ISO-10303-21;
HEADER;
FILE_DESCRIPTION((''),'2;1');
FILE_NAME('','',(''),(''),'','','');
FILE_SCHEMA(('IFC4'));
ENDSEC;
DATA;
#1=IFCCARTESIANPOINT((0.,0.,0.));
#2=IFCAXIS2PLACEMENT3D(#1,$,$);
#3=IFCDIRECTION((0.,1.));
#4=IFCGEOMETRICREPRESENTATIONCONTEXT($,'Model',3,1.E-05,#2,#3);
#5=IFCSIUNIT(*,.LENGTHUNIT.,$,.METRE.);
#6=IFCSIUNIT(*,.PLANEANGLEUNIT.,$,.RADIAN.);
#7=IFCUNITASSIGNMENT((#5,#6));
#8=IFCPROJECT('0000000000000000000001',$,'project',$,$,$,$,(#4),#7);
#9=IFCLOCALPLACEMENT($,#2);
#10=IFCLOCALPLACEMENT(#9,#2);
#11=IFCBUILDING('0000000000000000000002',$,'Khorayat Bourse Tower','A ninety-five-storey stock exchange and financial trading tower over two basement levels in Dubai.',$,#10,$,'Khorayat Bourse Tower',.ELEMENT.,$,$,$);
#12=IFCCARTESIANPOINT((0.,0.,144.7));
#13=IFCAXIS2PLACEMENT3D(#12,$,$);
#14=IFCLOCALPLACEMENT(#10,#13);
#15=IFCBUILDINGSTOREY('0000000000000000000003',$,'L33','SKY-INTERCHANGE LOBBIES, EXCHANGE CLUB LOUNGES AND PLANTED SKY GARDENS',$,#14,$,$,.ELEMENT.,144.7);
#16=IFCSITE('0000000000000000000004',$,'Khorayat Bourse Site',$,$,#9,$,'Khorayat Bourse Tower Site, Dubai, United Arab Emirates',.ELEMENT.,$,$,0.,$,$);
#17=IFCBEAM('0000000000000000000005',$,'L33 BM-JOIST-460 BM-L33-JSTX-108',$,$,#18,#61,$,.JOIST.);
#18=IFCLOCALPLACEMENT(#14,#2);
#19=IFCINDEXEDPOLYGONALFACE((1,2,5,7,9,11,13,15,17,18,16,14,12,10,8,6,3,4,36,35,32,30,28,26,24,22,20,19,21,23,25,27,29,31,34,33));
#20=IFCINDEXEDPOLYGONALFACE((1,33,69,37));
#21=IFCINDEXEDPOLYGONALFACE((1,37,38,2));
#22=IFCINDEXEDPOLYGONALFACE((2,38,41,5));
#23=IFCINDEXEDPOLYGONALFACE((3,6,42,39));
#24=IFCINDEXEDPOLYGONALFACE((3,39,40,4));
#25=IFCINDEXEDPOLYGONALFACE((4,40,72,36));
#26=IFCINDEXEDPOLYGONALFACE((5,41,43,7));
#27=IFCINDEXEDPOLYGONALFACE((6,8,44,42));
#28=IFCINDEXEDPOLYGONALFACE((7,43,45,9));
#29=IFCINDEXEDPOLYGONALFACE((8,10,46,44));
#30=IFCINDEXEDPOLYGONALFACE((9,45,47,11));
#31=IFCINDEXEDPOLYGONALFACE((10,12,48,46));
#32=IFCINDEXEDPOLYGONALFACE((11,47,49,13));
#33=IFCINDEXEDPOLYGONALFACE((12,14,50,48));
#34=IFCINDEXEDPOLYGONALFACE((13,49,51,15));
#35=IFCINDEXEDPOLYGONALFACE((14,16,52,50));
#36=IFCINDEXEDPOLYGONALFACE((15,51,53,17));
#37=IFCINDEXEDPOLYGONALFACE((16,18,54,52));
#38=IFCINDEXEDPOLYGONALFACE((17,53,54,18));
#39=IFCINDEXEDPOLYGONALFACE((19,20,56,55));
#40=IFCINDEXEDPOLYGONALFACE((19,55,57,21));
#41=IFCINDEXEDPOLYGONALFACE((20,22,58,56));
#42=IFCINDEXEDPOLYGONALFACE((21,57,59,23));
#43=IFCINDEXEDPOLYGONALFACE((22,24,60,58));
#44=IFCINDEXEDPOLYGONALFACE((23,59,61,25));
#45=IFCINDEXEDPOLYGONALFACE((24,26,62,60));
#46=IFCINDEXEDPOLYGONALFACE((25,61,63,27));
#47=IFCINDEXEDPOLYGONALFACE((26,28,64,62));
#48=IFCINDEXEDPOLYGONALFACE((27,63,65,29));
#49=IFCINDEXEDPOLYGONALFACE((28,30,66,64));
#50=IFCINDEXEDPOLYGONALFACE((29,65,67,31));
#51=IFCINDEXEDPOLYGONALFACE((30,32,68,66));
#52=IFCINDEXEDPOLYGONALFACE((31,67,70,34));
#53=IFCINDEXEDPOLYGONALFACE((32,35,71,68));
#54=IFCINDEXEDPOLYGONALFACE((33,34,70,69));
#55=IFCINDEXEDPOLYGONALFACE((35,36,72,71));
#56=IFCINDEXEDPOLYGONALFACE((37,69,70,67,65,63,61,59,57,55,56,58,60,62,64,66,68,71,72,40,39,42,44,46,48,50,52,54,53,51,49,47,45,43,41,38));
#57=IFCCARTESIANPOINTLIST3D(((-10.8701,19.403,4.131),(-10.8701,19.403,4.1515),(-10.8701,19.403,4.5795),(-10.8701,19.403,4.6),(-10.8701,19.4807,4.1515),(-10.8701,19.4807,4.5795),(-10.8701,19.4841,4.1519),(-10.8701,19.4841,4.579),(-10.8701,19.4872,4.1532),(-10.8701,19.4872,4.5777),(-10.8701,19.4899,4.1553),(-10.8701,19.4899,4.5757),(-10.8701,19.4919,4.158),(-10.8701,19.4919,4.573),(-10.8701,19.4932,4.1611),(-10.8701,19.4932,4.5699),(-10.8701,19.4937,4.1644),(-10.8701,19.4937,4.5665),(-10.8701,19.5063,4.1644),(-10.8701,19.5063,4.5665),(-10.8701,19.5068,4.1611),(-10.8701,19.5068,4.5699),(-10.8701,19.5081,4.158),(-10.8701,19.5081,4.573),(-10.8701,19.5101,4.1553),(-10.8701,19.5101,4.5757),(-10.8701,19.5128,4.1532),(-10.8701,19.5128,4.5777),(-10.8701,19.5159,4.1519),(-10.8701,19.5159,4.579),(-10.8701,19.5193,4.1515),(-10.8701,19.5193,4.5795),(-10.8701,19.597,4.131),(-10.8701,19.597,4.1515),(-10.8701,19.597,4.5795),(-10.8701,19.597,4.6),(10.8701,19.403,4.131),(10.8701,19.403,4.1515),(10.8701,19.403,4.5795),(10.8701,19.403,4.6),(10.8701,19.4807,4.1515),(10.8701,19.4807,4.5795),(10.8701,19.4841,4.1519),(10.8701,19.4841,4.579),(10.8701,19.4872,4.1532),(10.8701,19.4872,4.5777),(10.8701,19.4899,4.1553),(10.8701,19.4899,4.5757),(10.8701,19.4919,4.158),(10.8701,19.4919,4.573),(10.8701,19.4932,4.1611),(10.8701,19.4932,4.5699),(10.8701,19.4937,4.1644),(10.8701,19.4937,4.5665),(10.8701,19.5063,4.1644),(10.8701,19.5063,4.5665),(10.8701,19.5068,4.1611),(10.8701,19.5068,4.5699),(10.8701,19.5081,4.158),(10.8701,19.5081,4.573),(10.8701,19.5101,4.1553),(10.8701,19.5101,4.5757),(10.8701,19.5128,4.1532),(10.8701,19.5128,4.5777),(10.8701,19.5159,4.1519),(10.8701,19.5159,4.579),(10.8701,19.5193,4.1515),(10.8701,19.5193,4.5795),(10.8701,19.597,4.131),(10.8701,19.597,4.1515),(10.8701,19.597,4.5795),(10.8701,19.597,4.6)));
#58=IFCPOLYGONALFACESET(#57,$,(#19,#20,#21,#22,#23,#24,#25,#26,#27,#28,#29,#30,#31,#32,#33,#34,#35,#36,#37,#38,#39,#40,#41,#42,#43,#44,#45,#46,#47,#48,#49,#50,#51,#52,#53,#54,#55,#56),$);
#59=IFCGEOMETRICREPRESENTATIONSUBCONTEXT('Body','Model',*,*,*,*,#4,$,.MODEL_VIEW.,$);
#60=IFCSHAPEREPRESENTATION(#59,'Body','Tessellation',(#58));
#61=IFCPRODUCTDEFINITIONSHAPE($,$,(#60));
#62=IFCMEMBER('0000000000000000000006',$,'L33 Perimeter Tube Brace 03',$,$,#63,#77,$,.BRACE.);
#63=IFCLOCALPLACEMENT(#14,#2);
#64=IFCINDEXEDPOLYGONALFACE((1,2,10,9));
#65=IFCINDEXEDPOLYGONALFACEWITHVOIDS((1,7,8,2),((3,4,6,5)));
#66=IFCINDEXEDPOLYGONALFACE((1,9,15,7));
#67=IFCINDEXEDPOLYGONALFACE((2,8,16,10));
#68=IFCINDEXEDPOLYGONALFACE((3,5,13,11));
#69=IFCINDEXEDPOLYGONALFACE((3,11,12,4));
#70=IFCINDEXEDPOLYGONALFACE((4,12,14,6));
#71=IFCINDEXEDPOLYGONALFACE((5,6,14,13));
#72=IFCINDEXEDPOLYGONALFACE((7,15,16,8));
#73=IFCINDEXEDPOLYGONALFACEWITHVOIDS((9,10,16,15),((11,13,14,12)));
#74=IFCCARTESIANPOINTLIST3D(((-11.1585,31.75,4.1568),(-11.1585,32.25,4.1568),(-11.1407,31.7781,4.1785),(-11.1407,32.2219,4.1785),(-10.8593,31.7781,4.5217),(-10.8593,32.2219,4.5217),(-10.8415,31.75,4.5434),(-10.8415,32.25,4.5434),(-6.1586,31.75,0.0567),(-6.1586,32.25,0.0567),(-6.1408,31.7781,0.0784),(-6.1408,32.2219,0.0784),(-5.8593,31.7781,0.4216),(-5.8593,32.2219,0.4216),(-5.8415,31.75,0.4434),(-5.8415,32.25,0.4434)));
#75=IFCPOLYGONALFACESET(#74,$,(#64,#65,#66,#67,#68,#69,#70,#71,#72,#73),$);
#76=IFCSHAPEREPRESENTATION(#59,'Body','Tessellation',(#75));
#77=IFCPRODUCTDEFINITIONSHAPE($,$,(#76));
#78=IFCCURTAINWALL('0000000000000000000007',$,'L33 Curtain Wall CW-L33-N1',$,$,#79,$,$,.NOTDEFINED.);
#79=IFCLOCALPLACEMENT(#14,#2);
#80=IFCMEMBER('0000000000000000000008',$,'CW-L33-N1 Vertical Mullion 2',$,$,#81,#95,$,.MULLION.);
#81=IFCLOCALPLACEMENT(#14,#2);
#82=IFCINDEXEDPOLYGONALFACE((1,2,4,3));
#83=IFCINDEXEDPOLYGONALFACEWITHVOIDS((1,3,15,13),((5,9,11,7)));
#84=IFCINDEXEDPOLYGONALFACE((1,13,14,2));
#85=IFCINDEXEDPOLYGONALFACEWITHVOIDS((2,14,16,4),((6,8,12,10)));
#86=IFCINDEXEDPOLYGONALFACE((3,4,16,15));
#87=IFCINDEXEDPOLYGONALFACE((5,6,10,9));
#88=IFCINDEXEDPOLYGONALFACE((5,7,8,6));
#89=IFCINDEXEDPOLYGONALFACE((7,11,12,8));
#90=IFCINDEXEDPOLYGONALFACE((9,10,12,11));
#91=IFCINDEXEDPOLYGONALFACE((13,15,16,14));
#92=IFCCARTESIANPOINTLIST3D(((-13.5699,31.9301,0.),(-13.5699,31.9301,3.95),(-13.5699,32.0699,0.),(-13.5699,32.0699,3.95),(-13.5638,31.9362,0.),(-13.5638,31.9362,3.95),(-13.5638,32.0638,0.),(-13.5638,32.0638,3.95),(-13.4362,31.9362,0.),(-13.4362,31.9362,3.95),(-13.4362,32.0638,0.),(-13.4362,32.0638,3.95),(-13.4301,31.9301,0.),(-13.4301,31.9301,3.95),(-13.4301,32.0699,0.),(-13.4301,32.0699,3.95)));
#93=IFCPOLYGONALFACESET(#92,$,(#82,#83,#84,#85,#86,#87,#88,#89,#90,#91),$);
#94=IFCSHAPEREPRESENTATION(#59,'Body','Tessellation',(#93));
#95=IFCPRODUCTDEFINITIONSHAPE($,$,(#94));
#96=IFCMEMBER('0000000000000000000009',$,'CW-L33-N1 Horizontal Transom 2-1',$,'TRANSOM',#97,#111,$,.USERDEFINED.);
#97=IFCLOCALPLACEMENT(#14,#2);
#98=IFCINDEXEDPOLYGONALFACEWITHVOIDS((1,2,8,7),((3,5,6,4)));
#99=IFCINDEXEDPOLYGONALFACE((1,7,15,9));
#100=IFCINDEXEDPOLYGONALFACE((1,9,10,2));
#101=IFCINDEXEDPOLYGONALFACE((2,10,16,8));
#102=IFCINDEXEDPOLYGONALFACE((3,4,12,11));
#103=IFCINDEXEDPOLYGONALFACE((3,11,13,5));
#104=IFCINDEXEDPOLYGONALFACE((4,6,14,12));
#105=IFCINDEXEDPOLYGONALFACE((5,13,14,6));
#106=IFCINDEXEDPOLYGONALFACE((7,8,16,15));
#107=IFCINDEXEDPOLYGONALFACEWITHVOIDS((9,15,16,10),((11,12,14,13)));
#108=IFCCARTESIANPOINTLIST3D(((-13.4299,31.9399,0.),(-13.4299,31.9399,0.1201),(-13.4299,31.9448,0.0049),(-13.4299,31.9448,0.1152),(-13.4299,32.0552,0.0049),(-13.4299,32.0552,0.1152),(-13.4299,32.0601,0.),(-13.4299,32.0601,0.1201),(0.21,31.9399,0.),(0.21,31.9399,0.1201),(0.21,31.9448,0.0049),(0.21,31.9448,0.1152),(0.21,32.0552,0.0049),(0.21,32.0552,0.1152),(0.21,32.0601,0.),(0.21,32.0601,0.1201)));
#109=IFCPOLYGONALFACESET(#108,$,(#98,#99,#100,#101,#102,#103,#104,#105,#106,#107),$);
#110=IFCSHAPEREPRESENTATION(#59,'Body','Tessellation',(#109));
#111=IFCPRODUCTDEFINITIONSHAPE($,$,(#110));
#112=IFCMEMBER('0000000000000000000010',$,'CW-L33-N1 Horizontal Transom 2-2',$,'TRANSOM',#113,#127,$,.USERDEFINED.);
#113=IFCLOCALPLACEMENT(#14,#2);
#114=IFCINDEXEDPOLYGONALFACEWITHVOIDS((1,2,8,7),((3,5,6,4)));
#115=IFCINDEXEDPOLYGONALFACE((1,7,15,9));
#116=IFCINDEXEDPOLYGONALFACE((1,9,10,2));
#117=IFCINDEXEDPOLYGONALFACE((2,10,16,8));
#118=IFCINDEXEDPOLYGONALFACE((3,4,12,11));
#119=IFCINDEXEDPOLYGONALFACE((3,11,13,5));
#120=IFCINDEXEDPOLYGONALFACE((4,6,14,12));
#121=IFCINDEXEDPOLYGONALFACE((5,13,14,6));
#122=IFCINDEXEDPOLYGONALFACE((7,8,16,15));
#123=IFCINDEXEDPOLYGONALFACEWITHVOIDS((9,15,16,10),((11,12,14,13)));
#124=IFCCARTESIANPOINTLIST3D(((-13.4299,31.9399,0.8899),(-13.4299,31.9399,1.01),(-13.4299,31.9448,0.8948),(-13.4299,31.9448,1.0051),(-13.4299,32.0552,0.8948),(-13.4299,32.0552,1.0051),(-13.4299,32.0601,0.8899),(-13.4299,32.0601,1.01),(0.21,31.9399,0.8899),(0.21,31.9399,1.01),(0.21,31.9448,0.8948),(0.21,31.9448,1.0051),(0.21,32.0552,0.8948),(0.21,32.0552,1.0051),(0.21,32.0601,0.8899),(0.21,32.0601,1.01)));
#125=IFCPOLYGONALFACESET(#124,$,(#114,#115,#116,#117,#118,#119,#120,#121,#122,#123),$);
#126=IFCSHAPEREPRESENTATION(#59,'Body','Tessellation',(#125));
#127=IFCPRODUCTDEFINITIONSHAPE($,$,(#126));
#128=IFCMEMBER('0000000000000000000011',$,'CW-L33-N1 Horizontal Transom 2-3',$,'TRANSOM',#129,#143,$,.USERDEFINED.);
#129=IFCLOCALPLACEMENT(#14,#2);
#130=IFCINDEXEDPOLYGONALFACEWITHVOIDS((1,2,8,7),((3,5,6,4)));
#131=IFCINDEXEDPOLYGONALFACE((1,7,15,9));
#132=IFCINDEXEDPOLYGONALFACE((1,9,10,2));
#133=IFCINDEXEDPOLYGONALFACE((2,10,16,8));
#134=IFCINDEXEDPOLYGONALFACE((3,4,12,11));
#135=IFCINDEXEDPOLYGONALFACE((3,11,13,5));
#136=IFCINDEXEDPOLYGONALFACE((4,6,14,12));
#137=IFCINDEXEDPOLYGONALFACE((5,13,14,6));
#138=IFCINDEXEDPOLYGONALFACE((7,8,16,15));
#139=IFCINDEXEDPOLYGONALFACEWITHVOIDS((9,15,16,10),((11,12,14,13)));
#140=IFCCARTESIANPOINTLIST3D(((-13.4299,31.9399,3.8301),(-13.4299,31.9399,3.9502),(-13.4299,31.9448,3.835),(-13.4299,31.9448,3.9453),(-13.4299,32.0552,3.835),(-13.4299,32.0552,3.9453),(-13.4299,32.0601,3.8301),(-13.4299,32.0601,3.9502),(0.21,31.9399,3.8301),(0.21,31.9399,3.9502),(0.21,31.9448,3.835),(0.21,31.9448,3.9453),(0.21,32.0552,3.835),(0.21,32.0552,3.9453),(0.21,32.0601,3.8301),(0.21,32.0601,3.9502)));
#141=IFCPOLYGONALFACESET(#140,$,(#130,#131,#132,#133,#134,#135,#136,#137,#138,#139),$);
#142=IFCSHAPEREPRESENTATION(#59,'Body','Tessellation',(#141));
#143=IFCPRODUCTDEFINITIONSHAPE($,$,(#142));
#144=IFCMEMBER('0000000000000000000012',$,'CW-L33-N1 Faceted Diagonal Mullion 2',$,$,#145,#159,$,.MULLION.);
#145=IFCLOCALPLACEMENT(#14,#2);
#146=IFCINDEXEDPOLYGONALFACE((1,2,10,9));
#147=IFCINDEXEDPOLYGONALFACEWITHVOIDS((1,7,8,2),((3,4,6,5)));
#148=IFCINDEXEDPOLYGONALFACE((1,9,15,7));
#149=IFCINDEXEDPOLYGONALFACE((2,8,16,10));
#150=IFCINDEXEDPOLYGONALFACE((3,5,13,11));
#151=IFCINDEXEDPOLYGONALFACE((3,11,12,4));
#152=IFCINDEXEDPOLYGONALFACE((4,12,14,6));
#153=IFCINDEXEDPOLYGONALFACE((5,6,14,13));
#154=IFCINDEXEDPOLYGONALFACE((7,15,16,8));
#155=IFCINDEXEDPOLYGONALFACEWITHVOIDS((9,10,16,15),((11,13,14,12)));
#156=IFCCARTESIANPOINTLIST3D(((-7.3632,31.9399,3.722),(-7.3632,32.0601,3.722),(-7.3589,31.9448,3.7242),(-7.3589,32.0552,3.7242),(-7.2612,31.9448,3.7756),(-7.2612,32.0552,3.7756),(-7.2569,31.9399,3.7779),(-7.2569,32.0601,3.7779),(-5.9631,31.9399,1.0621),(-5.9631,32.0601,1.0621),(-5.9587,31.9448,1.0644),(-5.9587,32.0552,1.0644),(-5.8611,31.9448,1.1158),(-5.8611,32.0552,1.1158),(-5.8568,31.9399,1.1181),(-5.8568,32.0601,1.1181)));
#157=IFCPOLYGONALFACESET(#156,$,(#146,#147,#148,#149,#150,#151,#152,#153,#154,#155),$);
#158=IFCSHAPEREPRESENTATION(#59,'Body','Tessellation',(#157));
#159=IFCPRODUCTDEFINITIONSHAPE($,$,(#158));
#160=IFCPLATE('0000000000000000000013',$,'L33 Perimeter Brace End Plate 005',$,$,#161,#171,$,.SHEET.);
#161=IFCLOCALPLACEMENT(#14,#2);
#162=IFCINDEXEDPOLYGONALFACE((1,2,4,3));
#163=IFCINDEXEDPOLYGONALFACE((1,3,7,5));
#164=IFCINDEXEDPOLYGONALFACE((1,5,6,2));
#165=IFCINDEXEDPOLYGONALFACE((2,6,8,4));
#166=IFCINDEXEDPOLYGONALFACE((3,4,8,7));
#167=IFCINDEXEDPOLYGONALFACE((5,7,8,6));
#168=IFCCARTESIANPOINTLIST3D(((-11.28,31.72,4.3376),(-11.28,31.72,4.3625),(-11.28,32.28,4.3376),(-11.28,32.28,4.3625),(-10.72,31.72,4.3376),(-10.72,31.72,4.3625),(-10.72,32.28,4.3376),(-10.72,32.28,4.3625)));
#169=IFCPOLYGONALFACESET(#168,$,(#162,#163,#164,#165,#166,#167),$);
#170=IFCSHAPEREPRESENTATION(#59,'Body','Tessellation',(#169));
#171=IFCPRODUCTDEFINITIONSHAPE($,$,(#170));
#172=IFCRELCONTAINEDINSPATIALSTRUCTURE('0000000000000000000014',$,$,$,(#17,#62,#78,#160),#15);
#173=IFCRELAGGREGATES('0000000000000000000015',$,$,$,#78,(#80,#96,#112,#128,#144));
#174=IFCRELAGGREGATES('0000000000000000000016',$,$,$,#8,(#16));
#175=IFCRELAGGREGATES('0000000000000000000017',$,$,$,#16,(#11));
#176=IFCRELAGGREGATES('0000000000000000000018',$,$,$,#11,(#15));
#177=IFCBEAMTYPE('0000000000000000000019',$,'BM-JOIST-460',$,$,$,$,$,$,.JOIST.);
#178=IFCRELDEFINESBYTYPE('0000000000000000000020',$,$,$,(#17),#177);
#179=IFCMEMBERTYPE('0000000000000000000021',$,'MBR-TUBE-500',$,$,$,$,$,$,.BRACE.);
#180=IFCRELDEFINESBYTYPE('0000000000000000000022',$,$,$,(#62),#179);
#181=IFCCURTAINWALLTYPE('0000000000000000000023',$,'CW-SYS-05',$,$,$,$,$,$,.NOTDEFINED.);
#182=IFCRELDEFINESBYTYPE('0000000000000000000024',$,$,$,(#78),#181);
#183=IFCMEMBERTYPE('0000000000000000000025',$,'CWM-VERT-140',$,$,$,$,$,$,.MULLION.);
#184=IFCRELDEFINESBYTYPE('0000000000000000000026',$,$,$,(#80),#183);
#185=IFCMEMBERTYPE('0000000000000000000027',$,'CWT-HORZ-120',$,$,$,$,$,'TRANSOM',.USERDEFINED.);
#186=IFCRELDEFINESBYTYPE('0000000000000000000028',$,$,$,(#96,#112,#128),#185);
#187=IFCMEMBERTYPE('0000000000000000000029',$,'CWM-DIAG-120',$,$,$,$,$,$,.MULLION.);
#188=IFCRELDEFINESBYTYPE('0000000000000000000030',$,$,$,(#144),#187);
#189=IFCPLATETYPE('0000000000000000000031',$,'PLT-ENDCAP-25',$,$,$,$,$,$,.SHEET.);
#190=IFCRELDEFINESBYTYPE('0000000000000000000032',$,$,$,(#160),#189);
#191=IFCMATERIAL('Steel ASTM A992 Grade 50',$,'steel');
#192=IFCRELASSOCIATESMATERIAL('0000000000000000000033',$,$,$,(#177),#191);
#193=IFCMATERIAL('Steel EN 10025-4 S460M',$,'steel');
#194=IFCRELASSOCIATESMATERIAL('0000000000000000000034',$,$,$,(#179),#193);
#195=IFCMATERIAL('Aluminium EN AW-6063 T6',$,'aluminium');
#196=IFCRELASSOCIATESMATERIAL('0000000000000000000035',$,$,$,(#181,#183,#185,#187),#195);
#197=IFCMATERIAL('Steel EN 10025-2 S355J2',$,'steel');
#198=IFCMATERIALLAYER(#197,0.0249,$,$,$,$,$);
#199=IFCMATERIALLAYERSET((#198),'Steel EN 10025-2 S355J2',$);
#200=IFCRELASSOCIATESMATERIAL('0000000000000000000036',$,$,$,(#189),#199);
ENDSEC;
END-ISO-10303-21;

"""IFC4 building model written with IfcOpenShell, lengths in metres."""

from ifc_helpers import new_model, si_unit, direction, frame, origin, origin_2d, place, context, subcontext, project, spatial, rectangle, hollow_rectangle, i_section, extrude, source, transform, mapped, material, layer, layer_set, material_profile, profile_set, type_object, element, aggregate, save


model = new_model("IFC4")

# Units and contexts
model_context = context("Model", 3, precision=1e-05, world=origin(), true_north=direction((0.0, 1.0)))
body_context = subcontext(model_context, "Body", "Model", "MODEL_VIEW")
ifc_project = project(units=[si_unit("LENGTHUNIT", "METRE"), si_unit("PLANEANGLEUNIT", "RADIAN")], contexts=[model_context])

# Site, building, storey
site_placement = place(None, origin())
site = spatial("IfcSite", under=ifc_project, at=site_placement, Name="Khorayat Bourse Site", LongName="Khorayat Bourse Tower Site, Dubai, United Arab Emirates", CompositionType="ELEMENT", RefElevation=0.0)
building_placement = place(site_placement, origin())
building = spatial("IfcBuilding", under=site, at=building_placement, Name="Khorayat Bourse Tower", Description="A ninety-five-storey stock exchange and financial trading tower over two basement levels in Dubai.", LongName="Khorayat Bourse Tower", CompositionType="ELEMENT")
storey_placement = place(building_placement, frame((0.0, 0.0, 144.7)))
storey = spatial("IfcBuildingStorey", under=building, at=storey_placement, Name="L33", Description="SKY-INTERCHANGE LOBBIES, EXCHANGE CLUB LOUNGES AND PLANTED SKY GARDENS", CompositionType="ELEMENT", Elevation=144.7)

# Shared definitions
ifc_material_1 = material(Name="Steel EN 10025-4 S460M", Category="steel")

# Beam
ifc_material_2 = material(Name="Steel ASTM A992 Grade 50", Category="steel")
ifc_material_profile_1 = material_profile(ifc_material_2, i_section(OverallWidth=0.1941, OverallDepth=0.469, WebThickness=0.0127, FlangeThickness=0.0205, FilletRadius=0.0129, at=origin_2d()), Name="W460X106")
ifc_profile_set_1 = profile_set([ifc_material_profile_1], Name="Steel ASTM A992 Grade 50")
beam_type_1 = type_object("IfcBeamType", Name="BM-JOIST-460", PredefinedType="JOIST", material=ifc_profile_set_1)
shared_shape_1 = source(origin(), body_context, "Body", "SweptSolid", [
    extrude(i_section(OverallWidth=0.1941, OverallDepth=0.469, WebThickness=0.0127, FlangeThickness=0.0205, FilletRadius=0.0129, at=origin_2d()), origin(), (0.0, 0.0, 1.0), 21.7402),
])
beam_1_placement = place(storey_placement, frame((-10.8701, 19.5, 4.3655), z_axis=(1.0, 0.0, 0.0), x_axis=(0.0, 1.0, 0.0)))
element("IfcBeam", 1, at=beam_1_placement, inside=storey, type_object=beam_type_1, Name="L33 BM-JOIST-460 BM-L33-JSTX-108", PredefinedType="JOIST", context=body_context, shape_type="MappedRepresentation", body=[
    mapped(shared_shape_1, transform((0.0, 0.0, 0.0), scale=1.0)),
])

# Member
ifc_material_profile_2 = material_profile(ifc_material_1, hollow_rectangle(XDim=0.5, YDim=0.5, WallThickness=0.0281, at=origin_2d()), Name="HSS 500x500x28")
ifc_profile_set_2 = profile_set([ifc_material_profile_2], Name="Steel EN 10025-4 S460M")
member_type_1 = type_object("IfcMemberType", Name="MBR-TUBE-500", PredefinedType="BRACE", material=ifc_profile_set_2)
shared_shape_2 = source(origin(), body_context, "Body", "SweptSolid", [
    extrude(hollow_rectangle(XDim=0.5, YDim=0.5, WallThickness=0.0281, at=origin_2d()), origin(), (0.0, 0.0, 1.0), 6.4661),
])
member_1_placement = place(storey_placement, frame((-11.0, 32.0, 4.3501), z_axis=(0.77326, 0.0, -0.634089), x_axis=(0.0, 1.0, 0.0)))
element("IfcMember", 2, at=member_1_placement, inside=storey, type_object=member_type_1, Name="L33 Perimeter Tube Brace 03", PredefinedType="BRACE", context=body_context, shape_type="MappedRepresentation", body=[
    mapped(shared_shape_2, transform((0.0, 0.0, 0.0), scale=1.0)),
])

# Curtain wall, members
ifc_material_3 = material(Name="Aluminium EN AW-6063 T6", Category="aluminium")
curtain_wall_type = type_object("IfcCurtainWallType", Name="CW-SYS-05", PredefinedType="NOTDEFINED", material=ifc_material_3)
curtain_wall_placement = place(storey_placement, origin())
curtain_wall = element("IfcCurtainWall", 3, at=curtain_wall_placement, inside=storey, type_object=curtain_wall_type, Name="L33 Curtain Wall CW-L33-N1", PredefinedType="NOTDEFINED")
ifc_material_profile_3 = material_profile(ifc_material_3, hollow_rectangle(XDim=0.1399, YDim=0.1399, WallThickness=0.0061, at=origin_2d()), Name="ALU 140x140x6")
ifc_profile_set_3 = profile_set([ifc_material_profile_3], Name="Aluminium EN AW-6063 T6")
member_type_2 = type_object("IfcMemberType", Name="CWM-VERT-140", PredefinedType="MULLION", material=ifc_profile_set_3)
shared_shape_3 = source(origin(), body_context, "Body", "SweptSolid", [
    extrude(hollow_rectangle(XDim=0.1399, YDim=0.1399, WallThickness=0.0061, at=origin_2d()), origin(), (0.0, 0.0, 1.0), 3.95),
])
member_2_placement = place(storey_placement, frame((-13.5, 32.0, 0.0), z_axis=(0.0, 0.0, 1.0), x_axis=(0.0, 1.0, 0.0)))
member_2 = element("IfcMember", 4, at=member_2_placement, type_object=member_type_2, Name="CW-L33-N1 Vertical Mullion 2", PredefinedType="MULLION", context=body_context, shape_type="MappedRepresentation", body=[
    mapped(shared_shape_3, transform((0.0, 0.0, 0.0), scale=1.0)),
])
ifc_material_profile_4 = material_profile(ifc_material_3, hollow_rectangle(XDim=0.1201, YDim=0.1201, WallThickness=0.0049, at=origin_2d()), Name="ALU 120x120x5")
ifc_profile_set_4 = profile_set([ifc_material_profile_4], Name="Aluminium EN AW-6063 T6")
member_type_3 = type_object("IfcMemberType", Name="CWT-HORZ-120", ElementType="TRANSOM", PredefinedType="USERDEFINED", material=ifc_profile_set_4)
shared_shape_4 = source(origin(), body_context, "Body", "SweptSolid", [
    extrude(hollow_rectangle(XDim=0.1201, YDim=0.1201, WallThickness=0.0049, at=origin_2d()), origin(), (0.0, 0.0, 1.0), 13.6399),
])
member_3_placement = place(storey_placement, frame((-13.4299, 32.0, 0.0601), z_axis=(1.0, 0.0, 0.0), x_axis=(0.0, 1.0, 0.0)))
member_3 = element("IfcMember", 5, at=member_3_placement, type_object=member_type_3, Name="CW-L33-N1 Horizontal Transom 2-1", ObjectType="TRANSOM", PredefinedType="USERDEFINED", context=body_context, shape_type="MappedRepresentation", body=[
    mapped(shared_shape_4, transform((0.0, 0.0, 0.0), scale=1.0)),
])
member_4_placement = place(storey_placement, frame((-13.4299, 32.0, 0.95), z_axis=(1.0, 0.0, 0.0), x_axis=(0.0, 1.0, 0.0)))
member_4 = element("IfcMember", 6, at=member_4_placement, type_object=member_type_3, Name="CW-L33-N1 Horizontal Transom 2-2", ObjectType="TRANSOM", PredefinedType="USERDEFINED", context=body_context, shape_type="MappedRepresentation", body=[
    mapped(shared_shape_4, transform((0.0, 0.0, 0.0), scale=1.0)),
])
member_5_placement = place(storey_placement, frame((-13.4299, 32.0, 3.8901), z_axis=(1.0, 0.0, 0.0), x_axis=(0.0, 1.0, 0.0)))
member_5 = element("IfcMember", 7, at=member_5_placement, type_object=member_type_3, Name="CW-L33-N1 Horizontal Transom 2-3", ObjectType="TRANSOM", PredefinedType="USERDEFINED", context=body_context, shape_type="MappedRepresentation", body=[
    mapped(shared_shape_4, transform((0.0, 0.0, 0.0), scale=1.0)),
])
ifc_material_profile_5 = material_profile(ifc_material_3, hollow_rectangle(XDim=0.1201, YDim=0.1201, WallThickness=0.0049, at=origin_2d()), Name="ALU 120x120x5")
ifc_profile_set_5 = profile_set([ifc_material_profile_5], Name="Aluminium EN AW-6063 T6")
member_type_4 = type_object("IfcMemberType", Name="CWM-DIAG-120", PredefinedType="MULLION", material=ifc_profile_set_5)
shared_shape_5 = source(origin(), body_context, "Body", "SweptSolid", [
    extrude(hollow_rectangle(XDim=0.1201, YDim=0.1201, WallThickness=0.0049, at=origin_2d()), origin(), (0.0, 0.0, 1.0), 3.0059),
])
member_6_placement = place(storey_placement, frame((-5.9099, 32.0, 1.0901), z_axis=(-0.465797, 0.0, 0.884892), x_axis=(0.0, -1.0, 0.0)))
member_6 = element("IfcMember", 8, at=member_6_placement, type_object=member_type_4, Name="CW-L33-N1 Faceted Diagonal Mullion 2", PredefinedType="MULLION", context=body_context, shape_type="MappedRepresentation", body=[
    mapped(shared_shape_5, transform((0.0, 0.0, 0.0), scale=1.0)),
])

# Plate
ifc_material_4 = material(Name="Steel EN 10025-2 S355J2", Category="steel")
ifc_layer_1 = layer(ifc_material_4, 0.0249)
ifc_layer_set_1 = layer_set([ifc_layer_1], Name="Steel EN 10025-2 S355J2")
plate_type_1 = type_object("IfcPlateType", Name="PLT-ENDCAP-25", PredefinedType="SHEET", material=ifc_layer_set_1)
shared_shape_6 = source(origin(), body_context, "Body", "SweptSolid", [
    extrude(rectangle(XDim=0.5601, YDim=0.5601, at=origin_2d()), origin(), (0.0, 0.0, 1.0), 0.0249),
])
for number, where, z_axis, x_axis, name in (
    (9, (-11.0, 32.0, 4.3376), (0.0, 0.0, 1.0), (1.0, 0.0, 0.0), "L33 Perimeter Brace End Plate 005"),
):
    element("IfcPlate", number, at=place(storey_placement, frame(where, z_axis=z_axis, x_axis=x_axis)), inside=storey, type_object=plate_type_1, Name=name, PredefinedType="SHEET", context=body_context, shape_type="MappedRepresentation", body=[
        mapped(shared_shape_6, transform((0.0, 0.0, 0.0), scale=1.0)),
    ])

aggregate(curtain_wall, [member_2, member_3, member_4, member_5, member_6])

save(model, "model.ifc")
